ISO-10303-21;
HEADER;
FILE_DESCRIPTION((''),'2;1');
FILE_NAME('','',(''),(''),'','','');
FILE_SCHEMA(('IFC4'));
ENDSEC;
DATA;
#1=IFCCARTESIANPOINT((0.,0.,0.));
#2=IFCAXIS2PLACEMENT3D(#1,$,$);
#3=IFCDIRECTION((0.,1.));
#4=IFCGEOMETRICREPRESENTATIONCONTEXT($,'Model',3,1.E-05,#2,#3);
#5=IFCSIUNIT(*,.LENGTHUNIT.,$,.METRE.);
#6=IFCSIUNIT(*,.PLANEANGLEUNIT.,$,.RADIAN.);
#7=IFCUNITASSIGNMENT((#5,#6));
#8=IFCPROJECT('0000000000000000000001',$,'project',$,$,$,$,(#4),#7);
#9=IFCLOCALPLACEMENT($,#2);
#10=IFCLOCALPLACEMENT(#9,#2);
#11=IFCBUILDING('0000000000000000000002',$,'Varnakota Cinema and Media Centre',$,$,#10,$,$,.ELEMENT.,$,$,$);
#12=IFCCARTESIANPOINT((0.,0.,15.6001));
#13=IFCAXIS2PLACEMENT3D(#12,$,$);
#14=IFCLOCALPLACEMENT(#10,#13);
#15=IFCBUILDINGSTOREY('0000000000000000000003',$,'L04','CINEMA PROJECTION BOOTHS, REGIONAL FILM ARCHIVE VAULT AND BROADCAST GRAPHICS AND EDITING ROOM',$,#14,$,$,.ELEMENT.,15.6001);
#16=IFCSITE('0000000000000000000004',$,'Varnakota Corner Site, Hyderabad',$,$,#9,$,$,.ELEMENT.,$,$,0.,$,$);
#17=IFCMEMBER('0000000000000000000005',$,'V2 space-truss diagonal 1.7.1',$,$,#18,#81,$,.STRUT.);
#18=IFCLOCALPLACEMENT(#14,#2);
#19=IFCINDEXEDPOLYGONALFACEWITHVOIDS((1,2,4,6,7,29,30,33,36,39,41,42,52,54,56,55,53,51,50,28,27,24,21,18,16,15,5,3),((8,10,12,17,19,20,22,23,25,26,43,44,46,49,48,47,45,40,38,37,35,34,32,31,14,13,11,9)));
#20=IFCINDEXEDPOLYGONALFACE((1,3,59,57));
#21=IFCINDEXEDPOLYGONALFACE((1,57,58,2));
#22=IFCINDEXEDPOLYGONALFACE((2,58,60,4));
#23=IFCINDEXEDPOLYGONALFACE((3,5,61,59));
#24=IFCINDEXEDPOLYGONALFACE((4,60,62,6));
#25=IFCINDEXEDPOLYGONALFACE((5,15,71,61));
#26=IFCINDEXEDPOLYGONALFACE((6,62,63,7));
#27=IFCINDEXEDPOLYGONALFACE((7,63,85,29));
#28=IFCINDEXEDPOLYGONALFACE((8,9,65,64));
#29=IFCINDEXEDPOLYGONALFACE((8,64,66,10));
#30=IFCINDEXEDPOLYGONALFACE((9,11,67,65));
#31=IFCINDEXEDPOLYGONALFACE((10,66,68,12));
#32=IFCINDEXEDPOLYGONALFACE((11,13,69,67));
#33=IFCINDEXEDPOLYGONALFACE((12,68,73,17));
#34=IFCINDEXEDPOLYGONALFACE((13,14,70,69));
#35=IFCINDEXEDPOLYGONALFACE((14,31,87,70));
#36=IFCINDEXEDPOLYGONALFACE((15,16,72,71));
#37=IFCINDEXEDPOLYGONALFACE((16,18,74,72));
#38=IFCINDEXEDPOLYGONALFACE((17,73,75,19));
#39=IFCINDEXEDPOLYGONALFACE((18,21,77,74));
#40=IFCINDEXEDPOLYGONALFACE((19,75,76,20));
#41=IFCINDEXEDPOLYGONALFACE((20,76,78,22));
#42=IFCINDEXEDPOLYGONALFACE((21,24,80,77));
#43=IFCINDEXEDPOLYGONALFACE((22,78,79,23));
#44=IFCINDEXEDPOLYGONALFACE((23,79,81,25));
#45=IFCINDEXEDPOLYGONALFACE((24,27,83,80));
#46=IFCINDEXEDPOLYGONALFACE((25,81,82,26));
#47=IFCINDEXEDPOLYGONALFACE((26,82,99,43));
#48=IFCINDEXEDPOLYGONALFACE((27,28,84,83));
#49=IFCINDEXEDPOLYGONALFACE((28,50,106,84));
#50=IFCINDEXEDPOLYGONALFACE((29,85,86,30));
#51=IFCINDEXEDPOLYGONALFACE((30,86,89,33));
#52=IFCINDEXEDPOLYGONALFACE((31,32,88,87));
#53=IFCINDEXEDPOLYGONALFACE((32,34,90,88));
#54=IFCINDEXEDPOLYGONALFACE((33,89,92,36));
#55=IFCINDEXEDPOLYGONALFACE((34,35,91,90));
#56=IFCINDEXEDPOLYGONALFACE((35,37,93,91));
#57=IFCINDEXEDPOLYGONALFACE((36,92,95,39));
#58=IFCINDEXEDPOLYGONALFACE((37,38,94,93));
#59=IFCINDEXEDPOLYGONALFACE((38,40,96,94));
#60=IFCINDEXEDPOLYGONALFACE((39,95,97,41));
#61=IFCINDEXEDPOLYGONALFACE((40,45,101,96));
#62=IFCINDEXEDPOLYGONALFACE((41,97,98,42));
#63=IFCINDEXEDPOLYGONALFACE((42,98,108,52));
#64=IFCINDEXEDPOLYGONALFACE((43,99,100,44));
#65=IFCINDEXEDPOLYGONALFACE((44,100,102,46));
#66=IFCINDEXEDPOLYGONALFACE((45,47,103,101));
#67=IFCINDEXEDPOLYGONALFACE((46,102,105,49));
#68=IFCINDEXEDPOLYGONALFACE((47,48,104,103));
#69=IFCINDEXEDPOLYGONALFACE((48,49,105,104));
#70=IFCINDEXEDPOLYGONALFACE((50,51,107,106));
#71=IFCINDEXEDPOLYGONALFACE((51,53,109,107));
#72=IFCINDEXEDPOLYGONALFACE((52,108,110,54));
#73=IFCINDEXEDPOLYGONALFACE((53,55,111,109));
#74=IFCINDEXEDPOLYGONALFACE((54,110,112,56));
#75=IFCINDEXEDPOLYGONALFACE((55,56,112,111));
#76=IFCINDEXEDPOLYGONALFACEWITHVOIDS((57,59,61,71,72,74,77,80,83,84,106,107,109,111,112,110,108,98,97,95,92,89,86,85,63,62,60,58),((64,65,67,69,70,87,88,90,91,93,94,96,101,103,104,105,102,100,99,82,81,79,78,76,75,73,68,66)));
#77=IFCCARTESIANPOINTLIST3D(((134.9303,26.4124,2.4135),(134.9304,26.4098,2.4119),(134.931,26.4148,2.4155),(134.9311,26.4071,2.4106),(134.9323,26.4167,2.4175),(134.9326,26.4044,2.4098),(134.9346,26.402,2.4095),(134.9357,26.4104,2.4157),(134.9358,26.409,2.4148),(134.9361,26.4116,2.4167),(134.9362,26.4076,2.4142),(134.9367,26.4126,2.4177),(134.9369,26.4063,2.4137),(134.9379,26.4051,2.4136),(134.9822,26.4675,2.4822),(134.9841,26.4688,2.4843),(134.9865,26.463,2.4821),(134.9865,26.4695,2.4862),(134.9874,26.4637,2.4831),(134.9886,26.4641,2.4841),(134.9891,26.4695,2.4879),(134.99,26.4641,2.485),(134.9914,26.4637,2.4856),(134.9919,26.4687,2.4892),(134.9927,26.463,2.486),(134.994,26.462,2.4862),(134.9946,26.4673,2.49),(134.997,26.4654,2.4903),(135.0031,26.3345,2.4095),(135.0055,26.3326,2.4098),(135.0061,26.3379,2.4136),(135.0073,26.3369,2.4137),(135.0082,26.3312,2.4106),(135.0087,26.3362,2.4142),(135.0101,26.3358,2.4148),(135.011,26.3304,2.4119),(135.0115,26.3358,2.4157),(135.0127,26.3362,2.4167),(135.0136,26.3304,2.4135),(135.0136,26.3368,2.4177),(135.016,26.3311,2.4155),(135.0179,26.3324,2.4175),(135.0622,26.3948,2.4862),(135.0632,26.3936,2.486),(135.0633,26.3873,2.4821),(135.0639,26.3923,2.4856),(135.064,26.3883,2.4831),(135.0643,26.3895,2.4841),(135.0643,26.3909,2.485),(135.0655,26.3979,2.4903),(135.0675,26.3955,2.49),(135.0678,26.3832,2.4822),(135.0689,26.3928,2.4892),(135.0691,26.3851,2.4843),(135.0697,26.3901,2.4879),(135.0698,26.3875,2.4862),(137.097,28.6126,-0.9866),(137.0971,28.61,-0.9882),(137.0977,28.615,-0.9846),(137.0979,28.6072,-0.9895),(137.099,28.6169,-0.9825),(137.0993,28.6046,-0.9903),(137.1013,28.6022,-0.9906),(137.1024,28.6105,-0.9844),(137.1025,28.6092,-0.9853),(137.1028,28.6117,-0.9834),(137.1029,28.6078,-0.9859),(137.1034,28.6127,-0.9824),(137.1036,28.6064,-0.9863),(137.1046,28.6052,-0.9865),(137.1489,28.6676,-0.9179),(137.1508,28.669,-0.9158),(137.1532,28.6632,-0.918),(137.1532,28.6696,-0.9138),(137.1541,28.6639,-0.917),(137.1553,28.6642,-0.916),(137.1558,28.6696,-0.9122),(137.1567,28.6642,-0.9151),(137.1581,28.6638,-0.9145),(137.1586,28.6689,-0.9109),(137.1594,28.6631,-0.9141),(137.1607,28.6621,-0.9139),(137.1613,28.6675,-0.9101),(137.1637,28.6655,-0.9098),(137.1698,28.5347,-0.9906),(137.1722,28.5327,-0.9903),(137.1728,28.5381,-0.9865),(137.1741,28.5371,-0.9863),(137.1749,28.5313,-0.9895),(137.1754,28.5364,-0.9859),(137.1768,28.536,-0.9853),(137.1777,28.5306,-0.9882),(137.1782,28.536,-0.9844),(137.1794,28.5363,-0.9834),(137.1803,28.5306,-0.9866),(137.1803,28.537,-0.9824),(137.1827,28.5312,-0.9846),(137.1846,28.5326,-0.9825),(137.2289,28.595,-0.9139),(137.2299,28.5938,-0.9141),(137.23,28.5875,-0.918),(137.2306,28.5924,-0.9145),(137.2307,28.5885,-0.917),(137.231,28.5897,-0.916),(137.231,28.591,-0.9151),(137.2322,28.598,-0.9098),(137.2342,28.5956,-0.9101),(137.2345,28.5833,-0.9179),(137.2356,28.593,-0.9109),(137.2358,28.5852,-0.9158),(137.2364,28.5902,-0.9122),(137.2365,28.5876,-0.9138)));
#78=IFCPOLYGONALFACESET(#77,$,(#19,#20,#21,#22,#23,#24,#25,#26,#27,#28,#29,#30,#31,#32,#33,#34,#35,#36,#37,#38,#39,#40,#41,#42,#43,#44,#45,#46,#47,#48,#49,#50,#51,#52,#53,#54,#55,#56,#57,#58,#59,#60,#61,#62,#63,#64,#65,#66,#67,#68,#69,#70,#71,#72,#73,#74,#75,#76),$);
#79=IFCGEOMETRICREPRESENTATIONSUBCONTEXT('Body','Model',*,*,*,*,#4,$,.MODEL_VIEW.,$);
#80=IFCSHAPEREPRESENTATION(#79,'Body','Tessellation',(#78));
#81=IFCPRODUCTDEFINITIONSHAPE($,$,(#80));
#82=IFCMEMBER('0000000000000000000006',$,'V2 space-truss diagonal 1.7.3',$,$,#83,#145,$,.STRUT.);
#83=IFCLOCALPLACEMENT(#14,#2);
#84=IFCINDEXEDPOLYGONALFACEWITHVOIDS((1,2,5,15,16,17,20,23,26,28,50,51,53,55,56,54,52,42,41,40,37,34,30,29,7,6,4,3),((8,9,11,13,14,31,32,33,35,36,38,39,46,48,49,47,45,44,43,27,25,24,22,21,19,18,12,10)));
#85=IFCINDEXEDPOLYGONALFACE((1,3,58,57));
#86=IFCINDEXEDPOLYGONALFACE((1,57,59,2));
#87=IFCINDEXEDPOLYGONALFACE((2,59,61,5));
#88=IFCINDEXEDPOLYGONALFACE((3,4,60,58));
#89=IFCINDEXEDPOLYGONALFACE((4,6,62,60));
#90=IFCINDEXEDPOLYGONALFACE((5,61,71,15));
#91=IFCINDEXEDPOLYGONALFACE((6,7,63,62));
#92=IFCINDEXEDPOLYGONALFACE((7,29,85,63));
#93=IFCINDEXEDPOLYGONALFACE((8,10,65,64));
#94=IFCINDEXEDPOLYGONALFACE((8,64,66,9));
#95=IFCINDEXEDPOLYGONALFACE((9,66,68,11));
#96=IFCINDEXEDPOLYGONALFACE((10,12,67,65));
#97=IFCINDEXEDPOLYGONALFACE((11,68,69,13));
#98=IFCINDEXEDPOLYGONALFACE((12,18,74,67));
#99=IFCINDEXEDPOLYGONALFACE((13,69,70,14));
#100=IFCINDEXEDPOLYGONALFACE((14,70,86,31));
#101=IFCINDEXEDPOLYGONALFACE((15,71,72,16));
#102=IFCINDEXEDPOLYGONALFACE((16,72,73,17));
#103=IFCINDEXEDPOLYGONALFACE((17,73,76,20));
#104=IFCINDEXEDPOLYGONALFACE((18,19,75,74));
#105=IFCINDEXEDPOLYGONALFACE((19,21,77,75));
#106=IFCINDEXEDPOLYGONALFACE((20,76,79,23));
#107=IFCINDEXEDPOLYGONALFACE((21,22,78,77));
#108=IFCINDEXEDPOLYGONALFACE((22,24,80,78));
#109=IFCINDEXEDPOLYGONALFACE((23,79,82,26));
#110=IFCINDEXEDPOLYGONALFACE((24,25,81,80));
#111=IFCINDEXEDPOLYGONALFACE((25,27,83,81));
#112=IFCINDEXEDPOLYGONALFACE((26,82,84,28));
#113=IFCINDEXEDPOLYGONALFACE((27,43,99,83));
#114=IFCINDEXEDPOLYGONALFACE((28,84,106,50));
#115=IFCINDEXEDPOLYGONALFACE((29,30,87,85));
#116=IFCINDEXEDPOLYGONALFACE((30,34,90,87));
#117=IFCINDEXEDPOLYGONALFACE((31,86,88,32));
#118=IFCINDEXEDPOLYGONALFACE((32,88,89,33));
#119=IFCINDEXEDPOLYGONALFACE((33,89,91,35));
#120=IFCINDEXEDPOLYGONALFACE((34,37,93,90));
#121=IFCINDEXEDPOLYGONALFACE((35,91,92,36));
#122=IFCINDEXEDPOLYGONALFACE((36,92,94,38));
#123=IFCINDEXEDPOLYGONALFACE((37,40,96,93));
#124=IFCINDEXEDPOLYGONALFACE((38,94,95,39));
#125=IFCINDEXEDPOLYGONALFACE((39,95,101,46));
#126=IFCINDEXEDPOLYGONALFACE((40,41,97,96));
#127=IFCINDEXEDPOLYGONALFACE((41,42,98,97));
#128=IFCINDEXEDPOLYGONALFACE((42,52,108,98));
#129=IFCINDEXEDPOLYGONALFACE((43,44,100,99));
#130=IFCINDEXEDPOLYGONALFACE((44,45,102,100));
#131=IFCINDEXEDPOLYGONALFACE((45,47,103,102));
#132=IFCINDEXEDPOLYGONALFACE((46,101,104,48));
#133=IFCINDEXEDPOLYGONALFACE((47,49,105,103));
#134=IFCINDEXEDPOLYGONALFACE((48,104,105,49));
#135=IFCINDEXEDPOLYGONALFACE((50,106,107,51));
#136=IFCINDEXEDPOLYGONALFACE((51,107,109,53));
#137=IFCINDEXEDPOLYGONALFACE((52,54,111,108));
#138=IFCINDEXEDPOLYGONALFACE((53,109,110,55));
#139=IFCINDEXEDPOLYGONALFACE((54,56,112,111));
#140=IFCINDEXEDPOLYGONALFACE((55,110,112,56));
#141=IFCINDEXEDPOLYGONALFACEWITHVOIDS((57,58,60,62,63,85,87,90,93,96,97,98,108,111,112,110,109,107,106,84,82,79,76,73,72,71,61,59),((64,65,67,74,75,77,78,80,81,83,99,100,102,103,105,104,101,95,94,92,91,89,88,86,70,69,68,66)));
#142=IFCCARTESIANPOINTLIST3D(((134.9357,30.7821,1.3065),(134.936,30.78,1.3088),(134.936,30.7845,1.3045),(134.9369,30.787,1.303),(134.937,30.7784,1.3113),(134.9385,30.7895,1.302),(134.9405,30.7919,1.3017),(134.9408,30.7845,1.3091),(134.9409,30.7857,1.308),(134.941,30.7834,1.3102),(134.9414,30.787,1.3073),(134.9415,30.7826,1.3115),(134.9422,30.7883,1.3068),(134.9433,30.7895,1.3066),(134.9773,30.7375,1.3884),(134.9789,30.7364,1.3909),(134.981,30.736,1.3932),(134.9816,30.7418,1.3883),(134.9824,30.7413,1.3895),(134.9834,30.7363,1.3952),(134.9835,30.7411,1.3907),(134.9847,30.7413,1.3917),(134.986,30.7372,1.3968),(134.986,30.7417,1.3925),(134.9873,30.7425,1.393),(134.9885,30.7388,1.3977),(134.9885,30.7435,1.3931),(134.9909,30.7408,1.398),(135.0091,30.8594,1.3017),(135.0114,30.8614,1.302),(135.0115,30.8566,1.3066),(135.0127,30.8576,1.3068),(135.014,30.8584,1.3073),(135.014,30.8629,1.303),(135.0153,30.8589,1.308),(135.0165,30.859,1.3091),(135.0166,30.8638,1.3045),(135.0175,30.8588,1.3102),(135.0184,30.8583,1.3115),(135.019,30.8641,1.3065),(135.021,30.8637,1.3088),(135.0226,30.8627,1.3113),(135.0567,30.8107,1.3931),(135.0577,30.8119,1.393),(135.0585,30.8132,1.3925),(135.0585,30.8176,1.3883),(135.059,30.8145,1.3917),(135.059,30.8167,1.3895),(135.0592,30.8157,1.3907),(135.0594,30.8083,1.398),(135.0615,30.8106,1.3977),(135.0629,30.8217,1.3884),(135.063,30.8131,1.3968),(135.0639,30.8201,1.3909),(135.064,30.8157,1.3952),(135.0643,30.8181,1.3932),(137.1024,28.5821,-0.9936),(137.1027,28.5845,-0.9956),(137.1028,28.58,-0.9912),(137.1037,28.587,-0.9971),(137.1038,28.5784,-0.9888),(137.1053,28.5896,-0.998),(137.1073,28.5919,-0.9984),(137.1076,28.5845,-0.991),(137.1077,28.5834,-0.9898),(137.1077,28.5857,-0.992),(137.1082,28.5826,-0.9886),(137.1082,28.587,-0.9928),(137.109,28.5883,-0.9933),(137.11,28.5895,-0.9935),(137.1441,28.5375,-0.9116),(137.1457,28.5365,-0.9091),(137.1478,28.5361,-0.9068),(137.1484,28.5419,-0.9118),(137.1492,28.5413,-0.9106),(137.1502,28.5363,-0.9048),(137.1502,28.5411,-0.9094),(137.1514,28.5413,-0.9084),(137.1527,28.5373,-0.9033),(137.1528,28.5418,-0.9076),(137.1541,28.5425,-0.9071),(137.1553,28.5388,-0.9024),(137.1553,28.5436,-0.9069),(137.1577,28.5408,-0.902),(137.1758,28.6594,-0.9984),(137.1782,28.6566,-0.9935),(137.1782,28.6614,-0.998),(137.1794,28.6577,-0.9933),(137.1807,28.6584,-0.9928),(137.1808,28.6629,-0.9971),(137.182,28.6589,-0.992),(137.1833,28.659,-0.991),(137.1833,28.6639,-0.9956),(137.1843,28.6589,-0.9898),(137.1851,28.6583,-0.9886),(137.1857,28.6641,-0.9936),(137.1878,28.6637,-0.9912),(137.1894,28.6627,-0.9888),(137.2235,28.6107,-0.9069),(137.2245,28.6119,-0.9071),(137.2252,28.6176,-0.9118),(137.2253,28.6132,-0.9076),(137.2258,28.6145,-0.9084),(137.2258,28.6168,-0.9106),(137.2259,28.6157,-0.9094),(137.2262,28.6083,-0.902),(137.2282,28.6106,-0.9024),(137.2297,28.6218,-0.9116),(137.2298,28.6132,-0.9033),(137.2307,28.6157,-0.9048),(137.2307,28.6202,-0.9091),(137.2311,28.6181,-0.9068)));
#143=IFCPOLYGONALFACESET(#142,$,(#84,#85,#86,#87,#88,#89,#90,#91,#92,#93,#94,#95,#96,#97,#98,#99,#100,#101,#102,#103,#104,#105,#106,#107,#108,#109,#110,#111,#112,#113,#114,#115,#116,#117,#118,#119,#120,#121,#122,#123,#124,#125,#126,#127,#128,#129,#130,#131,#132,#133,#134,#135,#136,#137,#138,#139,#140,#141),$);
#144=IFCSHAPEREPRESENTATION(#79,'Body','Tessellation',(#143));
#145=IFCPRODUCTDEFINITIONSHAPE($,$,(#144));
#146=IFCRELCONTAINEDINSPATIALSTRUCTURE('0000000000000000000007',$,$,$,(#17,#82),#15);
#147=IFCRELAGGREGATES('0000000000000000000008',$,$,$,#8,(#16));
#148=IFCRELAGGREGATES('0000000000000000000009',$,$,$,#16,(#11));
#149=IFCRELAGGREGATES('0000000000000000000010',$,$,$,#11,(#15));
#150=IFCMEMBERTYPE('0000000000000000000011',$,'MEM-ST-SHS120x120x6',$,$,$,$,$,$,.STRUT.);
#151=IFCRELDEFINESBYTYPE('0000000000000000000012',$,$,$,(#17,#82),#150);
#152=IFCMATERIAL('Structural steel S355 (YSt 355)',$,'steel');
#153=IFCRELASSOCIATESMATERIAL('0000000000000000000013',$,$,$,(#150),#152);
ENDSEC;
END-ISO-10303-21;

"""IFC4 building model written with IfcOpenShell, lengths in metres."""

from ifc_helpers import new_model, si_unit, direction, frame, origin, origin_2d, place, context, subcontext, project, spatial, hollow_rectangle, extrude, material, material_profile, profile_set, type_object, element, save


model = new_model("IFC4")

# Units and contexts
model_context = context("Model", 3, precision=1e-05, world=origin(), true_north=direction((0.0, 1.0)))
body_context = subcontext(model_context, "Body", "Model", "MODEL_VIEW")
ifc_project = project(units=[si_unit("LENGTHUNIT", "METRE"), si_unit("PLANEANGLEUNIT", "RADIAN")], contexts=[model_context])

# Site, building, storey
site_placement = place(None, origin())
site = spatial("IfcSite", under=ifc_project, at=site_placement, Name="Varnakota Corner Site, Hyderabad", CompositionType="ELEMENT", RefElevation=0.0)
building_placement = place(site_placement, origin())
building = spatial("IfcBuilding", under=site, at=building_placement, Name="Varnakota Cinema and Media Centre", CompositionType="ELEMENT")
storey_placement = place(building_placement, frame((0.0, 0.0, 15.6001)))
storey = spatial("IfcBuildingStorey", under=building, at=storey_placement, Name="L04", Description="CINEMA PROJECTION BOOTHS, REGIONAL FILM ARCHIVE VAULT AND BROADCAST GRAPHICS AND EDITING ROOM", CompositionType="ELEMENT", Elevation=15.6001)

# Members
ifc_material_1 = material(Name="Structural steel S355 (YSt 355)", Category="steel")
ifc_material_profile_1 = material_profile(ifc_material_1, hollow_rectangle(XDim=0.1201, YDim=0.1201, WallThickness=0.0061, InnerFilletRadius=0.0061, OuterFilletRadius=0.012, at=origin_2d()), Name="SHS 120x120x6")
ifc_profile_set_1 = profile_set([ifc_material_profile_1], Name="Structural steel S355 (YSt 355)")
member_type_1 = type_object("IfcMemberType", Name="MEM-ST-SHS120x120x6", PredefinedType="STRUT", material=ifc_profile_set_1)
member_1_placement = place(storey_placement, frame((137.1667, 28.6001, -0.9502), z_axis=(-0.471739, -0.479021, 0.740271), x_axis=(0.712502, -0.70167, 0.0)))
element("IfcMember", 1, at=member_1_placement, inside=storey, type_object=member_type_1, Name="V2 space-truss diagonal 1.7.1", PredefinedType="STRUT", context=body_context, shape_type="SweptSolid", body=[
    extrude(hollow_rectangle(XDim=0.1201, YDim=0.1201, WallThickness=0.0061, InnerFilletRadius=0.0061, OuterFilletRadius=0.012, at=origin_2d()), origin(), (0.0, 0.0, 1.0), 4.593),
])
member_2_placement = place(storey_placement, frame((137.1667, 28.6001, -0.9502), z_axis=(-0.562748, 0.571371, 0.597369), x_axis=(-0.712463, -0.70171, 0.0)))
element("IfcMember", 2, at=member_2_placement, inside=storey, type_object=member_type_1, Name="V2 space-truss diagonal 1.7.3", PredefinedType="STRUT", context=body_context, shape_type="SweptSolid", body=[
    extrude(hollow_rectangle(XDim=0.1201, YDim=0.1201, WallThickness=0.0061, InnerFilletRadius=0.0061, OuterFilletRadius=0.012, at=origin_2d()), origin(), (0.0, 0.0, 1.0), 3.8503),
])

save(model, "model.ifc")
